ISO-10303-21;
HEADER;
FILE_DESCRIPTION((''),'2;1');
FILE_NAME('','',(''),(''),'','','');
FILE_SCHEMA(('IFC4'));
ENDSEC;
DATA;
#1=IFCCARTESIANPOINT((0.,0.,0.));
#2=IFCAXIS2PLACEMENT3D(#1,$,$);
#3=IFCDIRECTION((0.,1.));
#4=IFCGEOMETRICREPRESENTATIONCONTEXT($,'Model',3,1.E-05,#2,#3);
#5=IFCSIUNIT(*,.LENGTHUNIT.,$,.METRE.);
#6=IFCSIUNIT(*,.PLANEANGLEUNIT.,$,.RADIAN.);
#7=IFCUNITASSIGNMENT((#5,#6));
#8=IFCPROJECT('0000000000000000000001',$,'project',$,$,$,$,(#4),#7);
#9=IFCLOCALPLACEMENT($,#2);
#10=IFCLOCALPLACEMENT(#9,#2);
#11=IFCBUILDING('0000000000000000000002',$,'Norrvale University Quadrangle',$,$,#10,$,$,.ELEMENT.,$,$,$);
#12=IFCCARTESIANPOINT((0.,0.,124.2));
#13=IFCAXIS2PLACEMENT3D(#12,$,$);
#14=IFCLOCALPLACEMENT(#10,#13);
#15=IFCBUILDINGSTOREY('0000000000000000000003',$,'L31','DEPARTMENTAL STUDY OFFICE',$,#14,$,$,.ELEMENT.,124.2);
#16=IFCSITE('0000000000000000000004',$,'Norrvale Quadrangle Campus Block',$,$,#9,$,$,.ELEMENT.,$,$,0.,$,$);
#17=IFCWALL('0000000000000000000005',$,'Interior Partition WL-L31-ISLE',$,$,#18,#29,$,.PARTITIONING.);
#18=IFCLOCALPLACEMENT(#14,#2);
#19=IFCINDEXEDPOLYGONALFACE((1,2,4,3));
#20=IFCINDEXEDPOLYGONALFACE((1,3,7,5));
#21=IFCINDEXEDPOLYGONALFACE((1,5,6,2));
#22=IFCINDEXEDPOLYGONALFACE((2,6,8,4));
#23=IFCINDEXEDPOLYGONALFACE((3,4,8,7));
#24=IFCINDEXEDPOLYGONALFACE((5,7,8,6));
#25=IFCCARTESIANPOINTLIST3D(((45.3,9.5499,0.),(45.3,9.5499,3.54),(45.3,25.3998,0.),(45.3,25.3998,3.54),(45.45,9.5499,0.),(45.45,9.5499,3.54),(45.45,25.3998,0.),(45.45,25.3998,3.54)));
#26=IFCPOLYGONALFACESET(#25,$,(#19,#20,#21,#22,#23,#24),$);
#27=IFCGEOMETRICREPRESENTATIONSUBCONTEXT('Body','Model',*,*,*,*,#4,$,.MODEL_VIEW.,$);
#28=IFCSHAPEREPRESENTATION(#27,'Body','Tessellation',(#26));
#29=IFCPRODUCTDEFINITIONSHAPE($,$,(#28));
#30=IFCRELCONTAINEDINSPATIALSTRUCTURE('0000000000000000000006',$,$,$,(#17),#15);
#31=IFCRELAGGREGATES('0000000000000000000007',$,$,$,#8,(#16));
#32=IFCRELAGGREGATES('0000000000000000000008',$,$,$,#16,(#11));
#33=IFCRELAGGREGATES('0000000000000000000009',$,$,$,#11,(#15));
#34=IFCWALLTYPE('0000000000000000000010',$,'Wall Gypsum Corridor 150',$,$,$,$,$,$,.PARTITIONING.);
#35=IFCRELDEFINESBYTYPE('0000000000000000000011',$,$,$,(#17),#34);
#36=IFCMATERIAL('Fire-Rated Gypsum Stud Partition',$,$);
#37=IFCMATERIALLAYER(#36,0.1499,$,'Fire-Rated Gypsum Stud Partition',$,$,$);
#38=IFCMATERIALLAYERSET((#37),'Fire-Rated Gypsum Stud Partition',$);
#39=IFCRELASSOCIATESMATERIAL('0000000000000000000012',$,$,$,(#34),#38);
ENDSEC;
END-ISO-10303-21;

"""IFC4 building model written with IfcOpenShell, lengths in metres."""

from ifc_helpers import new_model, si_unit, direction, frame, frame_2d, origin, place, context, subcontext, project, spatial, rectangle, extrude, material, layer, layer_set, type_object, element, save


model = new_model("IFC4")

# Units and contexts
model_context = context("Model", 3, precision=1e-05, world=origin(), true_north=direction((0.0, 1.0)))
body_context = subcontext(model_context, "Body", "Model", "MODEL_VIEW")
ifc_project = project(units=[si_unit("LENGTHUNIT", "METRE"), si_unit("PLANEANGLEUNIT", "RADIAN")], contexts=[model_context])

# Site, building, storey
site_placement = place(None, origin())
site = spatial("IfcSite", under=ifc_project, at=site_placement, Name="Norrvale Quadrangle Campus Block", CompositionType="ELEMENT", RefElevation=0.0)
building_placement = place(site_placement, origin())
building = spatial("IfcBuilding", under=site, at=building_placement, Name="Norrvale University Quadrangle", CompositionType="ELEMENT")
storey_placement = place(building_placement, frame((0.0, 0.0, 124.2)))
storey = spatial("IfcBuildingStorey", under=building, at=storey_placement, Name="L31", Description="DEPARTMENTAL STUDY OFFICE", CompositionType="ELEMENT", Elevation=124.2)

# Shared definitions
ifc_material_1 = material(Name="Fire-Rated Gypsum Stud Partition")
ifc_layer_1 = layer(ifc_material_1, 0.1499, Name="Fire-Rated Gypsum Stud Partition")
ifc_layer_set_1 = layer_set([ifc_layer_1], Name="Fire-Rated Gypsum Stud Partition")
wall_type_1 = type_object("IfcWallType", Name="Wall Gypsum Corridor 150", PredefinedType="PARTITIONING", material=ifc_layer_set_1)

# Wall
wall_1_placement = place(storey_placement, frame((45.375, 9.55, 0.0), z_axis=(0.0, 0.0, 1.0), x_axis=(0.0, 1.0, 0.0)))
element("IfcWall", 1, at=wall_1_placement, inside=storey, type_object=wall_type_1, Name="Interior Partition WL-L31-ISLE", PredefinedType="PARTITIONING", context=body_context, shape_type="SweptSolid", body=[
    extrude(rectangle(XDim=15.8499, YDim=0.1499, at=frame_2d((7.9248, 0.0))), origin(), (0.0, 0.0, 1.0), 3.54),
])

save(model, "model.ifc")
